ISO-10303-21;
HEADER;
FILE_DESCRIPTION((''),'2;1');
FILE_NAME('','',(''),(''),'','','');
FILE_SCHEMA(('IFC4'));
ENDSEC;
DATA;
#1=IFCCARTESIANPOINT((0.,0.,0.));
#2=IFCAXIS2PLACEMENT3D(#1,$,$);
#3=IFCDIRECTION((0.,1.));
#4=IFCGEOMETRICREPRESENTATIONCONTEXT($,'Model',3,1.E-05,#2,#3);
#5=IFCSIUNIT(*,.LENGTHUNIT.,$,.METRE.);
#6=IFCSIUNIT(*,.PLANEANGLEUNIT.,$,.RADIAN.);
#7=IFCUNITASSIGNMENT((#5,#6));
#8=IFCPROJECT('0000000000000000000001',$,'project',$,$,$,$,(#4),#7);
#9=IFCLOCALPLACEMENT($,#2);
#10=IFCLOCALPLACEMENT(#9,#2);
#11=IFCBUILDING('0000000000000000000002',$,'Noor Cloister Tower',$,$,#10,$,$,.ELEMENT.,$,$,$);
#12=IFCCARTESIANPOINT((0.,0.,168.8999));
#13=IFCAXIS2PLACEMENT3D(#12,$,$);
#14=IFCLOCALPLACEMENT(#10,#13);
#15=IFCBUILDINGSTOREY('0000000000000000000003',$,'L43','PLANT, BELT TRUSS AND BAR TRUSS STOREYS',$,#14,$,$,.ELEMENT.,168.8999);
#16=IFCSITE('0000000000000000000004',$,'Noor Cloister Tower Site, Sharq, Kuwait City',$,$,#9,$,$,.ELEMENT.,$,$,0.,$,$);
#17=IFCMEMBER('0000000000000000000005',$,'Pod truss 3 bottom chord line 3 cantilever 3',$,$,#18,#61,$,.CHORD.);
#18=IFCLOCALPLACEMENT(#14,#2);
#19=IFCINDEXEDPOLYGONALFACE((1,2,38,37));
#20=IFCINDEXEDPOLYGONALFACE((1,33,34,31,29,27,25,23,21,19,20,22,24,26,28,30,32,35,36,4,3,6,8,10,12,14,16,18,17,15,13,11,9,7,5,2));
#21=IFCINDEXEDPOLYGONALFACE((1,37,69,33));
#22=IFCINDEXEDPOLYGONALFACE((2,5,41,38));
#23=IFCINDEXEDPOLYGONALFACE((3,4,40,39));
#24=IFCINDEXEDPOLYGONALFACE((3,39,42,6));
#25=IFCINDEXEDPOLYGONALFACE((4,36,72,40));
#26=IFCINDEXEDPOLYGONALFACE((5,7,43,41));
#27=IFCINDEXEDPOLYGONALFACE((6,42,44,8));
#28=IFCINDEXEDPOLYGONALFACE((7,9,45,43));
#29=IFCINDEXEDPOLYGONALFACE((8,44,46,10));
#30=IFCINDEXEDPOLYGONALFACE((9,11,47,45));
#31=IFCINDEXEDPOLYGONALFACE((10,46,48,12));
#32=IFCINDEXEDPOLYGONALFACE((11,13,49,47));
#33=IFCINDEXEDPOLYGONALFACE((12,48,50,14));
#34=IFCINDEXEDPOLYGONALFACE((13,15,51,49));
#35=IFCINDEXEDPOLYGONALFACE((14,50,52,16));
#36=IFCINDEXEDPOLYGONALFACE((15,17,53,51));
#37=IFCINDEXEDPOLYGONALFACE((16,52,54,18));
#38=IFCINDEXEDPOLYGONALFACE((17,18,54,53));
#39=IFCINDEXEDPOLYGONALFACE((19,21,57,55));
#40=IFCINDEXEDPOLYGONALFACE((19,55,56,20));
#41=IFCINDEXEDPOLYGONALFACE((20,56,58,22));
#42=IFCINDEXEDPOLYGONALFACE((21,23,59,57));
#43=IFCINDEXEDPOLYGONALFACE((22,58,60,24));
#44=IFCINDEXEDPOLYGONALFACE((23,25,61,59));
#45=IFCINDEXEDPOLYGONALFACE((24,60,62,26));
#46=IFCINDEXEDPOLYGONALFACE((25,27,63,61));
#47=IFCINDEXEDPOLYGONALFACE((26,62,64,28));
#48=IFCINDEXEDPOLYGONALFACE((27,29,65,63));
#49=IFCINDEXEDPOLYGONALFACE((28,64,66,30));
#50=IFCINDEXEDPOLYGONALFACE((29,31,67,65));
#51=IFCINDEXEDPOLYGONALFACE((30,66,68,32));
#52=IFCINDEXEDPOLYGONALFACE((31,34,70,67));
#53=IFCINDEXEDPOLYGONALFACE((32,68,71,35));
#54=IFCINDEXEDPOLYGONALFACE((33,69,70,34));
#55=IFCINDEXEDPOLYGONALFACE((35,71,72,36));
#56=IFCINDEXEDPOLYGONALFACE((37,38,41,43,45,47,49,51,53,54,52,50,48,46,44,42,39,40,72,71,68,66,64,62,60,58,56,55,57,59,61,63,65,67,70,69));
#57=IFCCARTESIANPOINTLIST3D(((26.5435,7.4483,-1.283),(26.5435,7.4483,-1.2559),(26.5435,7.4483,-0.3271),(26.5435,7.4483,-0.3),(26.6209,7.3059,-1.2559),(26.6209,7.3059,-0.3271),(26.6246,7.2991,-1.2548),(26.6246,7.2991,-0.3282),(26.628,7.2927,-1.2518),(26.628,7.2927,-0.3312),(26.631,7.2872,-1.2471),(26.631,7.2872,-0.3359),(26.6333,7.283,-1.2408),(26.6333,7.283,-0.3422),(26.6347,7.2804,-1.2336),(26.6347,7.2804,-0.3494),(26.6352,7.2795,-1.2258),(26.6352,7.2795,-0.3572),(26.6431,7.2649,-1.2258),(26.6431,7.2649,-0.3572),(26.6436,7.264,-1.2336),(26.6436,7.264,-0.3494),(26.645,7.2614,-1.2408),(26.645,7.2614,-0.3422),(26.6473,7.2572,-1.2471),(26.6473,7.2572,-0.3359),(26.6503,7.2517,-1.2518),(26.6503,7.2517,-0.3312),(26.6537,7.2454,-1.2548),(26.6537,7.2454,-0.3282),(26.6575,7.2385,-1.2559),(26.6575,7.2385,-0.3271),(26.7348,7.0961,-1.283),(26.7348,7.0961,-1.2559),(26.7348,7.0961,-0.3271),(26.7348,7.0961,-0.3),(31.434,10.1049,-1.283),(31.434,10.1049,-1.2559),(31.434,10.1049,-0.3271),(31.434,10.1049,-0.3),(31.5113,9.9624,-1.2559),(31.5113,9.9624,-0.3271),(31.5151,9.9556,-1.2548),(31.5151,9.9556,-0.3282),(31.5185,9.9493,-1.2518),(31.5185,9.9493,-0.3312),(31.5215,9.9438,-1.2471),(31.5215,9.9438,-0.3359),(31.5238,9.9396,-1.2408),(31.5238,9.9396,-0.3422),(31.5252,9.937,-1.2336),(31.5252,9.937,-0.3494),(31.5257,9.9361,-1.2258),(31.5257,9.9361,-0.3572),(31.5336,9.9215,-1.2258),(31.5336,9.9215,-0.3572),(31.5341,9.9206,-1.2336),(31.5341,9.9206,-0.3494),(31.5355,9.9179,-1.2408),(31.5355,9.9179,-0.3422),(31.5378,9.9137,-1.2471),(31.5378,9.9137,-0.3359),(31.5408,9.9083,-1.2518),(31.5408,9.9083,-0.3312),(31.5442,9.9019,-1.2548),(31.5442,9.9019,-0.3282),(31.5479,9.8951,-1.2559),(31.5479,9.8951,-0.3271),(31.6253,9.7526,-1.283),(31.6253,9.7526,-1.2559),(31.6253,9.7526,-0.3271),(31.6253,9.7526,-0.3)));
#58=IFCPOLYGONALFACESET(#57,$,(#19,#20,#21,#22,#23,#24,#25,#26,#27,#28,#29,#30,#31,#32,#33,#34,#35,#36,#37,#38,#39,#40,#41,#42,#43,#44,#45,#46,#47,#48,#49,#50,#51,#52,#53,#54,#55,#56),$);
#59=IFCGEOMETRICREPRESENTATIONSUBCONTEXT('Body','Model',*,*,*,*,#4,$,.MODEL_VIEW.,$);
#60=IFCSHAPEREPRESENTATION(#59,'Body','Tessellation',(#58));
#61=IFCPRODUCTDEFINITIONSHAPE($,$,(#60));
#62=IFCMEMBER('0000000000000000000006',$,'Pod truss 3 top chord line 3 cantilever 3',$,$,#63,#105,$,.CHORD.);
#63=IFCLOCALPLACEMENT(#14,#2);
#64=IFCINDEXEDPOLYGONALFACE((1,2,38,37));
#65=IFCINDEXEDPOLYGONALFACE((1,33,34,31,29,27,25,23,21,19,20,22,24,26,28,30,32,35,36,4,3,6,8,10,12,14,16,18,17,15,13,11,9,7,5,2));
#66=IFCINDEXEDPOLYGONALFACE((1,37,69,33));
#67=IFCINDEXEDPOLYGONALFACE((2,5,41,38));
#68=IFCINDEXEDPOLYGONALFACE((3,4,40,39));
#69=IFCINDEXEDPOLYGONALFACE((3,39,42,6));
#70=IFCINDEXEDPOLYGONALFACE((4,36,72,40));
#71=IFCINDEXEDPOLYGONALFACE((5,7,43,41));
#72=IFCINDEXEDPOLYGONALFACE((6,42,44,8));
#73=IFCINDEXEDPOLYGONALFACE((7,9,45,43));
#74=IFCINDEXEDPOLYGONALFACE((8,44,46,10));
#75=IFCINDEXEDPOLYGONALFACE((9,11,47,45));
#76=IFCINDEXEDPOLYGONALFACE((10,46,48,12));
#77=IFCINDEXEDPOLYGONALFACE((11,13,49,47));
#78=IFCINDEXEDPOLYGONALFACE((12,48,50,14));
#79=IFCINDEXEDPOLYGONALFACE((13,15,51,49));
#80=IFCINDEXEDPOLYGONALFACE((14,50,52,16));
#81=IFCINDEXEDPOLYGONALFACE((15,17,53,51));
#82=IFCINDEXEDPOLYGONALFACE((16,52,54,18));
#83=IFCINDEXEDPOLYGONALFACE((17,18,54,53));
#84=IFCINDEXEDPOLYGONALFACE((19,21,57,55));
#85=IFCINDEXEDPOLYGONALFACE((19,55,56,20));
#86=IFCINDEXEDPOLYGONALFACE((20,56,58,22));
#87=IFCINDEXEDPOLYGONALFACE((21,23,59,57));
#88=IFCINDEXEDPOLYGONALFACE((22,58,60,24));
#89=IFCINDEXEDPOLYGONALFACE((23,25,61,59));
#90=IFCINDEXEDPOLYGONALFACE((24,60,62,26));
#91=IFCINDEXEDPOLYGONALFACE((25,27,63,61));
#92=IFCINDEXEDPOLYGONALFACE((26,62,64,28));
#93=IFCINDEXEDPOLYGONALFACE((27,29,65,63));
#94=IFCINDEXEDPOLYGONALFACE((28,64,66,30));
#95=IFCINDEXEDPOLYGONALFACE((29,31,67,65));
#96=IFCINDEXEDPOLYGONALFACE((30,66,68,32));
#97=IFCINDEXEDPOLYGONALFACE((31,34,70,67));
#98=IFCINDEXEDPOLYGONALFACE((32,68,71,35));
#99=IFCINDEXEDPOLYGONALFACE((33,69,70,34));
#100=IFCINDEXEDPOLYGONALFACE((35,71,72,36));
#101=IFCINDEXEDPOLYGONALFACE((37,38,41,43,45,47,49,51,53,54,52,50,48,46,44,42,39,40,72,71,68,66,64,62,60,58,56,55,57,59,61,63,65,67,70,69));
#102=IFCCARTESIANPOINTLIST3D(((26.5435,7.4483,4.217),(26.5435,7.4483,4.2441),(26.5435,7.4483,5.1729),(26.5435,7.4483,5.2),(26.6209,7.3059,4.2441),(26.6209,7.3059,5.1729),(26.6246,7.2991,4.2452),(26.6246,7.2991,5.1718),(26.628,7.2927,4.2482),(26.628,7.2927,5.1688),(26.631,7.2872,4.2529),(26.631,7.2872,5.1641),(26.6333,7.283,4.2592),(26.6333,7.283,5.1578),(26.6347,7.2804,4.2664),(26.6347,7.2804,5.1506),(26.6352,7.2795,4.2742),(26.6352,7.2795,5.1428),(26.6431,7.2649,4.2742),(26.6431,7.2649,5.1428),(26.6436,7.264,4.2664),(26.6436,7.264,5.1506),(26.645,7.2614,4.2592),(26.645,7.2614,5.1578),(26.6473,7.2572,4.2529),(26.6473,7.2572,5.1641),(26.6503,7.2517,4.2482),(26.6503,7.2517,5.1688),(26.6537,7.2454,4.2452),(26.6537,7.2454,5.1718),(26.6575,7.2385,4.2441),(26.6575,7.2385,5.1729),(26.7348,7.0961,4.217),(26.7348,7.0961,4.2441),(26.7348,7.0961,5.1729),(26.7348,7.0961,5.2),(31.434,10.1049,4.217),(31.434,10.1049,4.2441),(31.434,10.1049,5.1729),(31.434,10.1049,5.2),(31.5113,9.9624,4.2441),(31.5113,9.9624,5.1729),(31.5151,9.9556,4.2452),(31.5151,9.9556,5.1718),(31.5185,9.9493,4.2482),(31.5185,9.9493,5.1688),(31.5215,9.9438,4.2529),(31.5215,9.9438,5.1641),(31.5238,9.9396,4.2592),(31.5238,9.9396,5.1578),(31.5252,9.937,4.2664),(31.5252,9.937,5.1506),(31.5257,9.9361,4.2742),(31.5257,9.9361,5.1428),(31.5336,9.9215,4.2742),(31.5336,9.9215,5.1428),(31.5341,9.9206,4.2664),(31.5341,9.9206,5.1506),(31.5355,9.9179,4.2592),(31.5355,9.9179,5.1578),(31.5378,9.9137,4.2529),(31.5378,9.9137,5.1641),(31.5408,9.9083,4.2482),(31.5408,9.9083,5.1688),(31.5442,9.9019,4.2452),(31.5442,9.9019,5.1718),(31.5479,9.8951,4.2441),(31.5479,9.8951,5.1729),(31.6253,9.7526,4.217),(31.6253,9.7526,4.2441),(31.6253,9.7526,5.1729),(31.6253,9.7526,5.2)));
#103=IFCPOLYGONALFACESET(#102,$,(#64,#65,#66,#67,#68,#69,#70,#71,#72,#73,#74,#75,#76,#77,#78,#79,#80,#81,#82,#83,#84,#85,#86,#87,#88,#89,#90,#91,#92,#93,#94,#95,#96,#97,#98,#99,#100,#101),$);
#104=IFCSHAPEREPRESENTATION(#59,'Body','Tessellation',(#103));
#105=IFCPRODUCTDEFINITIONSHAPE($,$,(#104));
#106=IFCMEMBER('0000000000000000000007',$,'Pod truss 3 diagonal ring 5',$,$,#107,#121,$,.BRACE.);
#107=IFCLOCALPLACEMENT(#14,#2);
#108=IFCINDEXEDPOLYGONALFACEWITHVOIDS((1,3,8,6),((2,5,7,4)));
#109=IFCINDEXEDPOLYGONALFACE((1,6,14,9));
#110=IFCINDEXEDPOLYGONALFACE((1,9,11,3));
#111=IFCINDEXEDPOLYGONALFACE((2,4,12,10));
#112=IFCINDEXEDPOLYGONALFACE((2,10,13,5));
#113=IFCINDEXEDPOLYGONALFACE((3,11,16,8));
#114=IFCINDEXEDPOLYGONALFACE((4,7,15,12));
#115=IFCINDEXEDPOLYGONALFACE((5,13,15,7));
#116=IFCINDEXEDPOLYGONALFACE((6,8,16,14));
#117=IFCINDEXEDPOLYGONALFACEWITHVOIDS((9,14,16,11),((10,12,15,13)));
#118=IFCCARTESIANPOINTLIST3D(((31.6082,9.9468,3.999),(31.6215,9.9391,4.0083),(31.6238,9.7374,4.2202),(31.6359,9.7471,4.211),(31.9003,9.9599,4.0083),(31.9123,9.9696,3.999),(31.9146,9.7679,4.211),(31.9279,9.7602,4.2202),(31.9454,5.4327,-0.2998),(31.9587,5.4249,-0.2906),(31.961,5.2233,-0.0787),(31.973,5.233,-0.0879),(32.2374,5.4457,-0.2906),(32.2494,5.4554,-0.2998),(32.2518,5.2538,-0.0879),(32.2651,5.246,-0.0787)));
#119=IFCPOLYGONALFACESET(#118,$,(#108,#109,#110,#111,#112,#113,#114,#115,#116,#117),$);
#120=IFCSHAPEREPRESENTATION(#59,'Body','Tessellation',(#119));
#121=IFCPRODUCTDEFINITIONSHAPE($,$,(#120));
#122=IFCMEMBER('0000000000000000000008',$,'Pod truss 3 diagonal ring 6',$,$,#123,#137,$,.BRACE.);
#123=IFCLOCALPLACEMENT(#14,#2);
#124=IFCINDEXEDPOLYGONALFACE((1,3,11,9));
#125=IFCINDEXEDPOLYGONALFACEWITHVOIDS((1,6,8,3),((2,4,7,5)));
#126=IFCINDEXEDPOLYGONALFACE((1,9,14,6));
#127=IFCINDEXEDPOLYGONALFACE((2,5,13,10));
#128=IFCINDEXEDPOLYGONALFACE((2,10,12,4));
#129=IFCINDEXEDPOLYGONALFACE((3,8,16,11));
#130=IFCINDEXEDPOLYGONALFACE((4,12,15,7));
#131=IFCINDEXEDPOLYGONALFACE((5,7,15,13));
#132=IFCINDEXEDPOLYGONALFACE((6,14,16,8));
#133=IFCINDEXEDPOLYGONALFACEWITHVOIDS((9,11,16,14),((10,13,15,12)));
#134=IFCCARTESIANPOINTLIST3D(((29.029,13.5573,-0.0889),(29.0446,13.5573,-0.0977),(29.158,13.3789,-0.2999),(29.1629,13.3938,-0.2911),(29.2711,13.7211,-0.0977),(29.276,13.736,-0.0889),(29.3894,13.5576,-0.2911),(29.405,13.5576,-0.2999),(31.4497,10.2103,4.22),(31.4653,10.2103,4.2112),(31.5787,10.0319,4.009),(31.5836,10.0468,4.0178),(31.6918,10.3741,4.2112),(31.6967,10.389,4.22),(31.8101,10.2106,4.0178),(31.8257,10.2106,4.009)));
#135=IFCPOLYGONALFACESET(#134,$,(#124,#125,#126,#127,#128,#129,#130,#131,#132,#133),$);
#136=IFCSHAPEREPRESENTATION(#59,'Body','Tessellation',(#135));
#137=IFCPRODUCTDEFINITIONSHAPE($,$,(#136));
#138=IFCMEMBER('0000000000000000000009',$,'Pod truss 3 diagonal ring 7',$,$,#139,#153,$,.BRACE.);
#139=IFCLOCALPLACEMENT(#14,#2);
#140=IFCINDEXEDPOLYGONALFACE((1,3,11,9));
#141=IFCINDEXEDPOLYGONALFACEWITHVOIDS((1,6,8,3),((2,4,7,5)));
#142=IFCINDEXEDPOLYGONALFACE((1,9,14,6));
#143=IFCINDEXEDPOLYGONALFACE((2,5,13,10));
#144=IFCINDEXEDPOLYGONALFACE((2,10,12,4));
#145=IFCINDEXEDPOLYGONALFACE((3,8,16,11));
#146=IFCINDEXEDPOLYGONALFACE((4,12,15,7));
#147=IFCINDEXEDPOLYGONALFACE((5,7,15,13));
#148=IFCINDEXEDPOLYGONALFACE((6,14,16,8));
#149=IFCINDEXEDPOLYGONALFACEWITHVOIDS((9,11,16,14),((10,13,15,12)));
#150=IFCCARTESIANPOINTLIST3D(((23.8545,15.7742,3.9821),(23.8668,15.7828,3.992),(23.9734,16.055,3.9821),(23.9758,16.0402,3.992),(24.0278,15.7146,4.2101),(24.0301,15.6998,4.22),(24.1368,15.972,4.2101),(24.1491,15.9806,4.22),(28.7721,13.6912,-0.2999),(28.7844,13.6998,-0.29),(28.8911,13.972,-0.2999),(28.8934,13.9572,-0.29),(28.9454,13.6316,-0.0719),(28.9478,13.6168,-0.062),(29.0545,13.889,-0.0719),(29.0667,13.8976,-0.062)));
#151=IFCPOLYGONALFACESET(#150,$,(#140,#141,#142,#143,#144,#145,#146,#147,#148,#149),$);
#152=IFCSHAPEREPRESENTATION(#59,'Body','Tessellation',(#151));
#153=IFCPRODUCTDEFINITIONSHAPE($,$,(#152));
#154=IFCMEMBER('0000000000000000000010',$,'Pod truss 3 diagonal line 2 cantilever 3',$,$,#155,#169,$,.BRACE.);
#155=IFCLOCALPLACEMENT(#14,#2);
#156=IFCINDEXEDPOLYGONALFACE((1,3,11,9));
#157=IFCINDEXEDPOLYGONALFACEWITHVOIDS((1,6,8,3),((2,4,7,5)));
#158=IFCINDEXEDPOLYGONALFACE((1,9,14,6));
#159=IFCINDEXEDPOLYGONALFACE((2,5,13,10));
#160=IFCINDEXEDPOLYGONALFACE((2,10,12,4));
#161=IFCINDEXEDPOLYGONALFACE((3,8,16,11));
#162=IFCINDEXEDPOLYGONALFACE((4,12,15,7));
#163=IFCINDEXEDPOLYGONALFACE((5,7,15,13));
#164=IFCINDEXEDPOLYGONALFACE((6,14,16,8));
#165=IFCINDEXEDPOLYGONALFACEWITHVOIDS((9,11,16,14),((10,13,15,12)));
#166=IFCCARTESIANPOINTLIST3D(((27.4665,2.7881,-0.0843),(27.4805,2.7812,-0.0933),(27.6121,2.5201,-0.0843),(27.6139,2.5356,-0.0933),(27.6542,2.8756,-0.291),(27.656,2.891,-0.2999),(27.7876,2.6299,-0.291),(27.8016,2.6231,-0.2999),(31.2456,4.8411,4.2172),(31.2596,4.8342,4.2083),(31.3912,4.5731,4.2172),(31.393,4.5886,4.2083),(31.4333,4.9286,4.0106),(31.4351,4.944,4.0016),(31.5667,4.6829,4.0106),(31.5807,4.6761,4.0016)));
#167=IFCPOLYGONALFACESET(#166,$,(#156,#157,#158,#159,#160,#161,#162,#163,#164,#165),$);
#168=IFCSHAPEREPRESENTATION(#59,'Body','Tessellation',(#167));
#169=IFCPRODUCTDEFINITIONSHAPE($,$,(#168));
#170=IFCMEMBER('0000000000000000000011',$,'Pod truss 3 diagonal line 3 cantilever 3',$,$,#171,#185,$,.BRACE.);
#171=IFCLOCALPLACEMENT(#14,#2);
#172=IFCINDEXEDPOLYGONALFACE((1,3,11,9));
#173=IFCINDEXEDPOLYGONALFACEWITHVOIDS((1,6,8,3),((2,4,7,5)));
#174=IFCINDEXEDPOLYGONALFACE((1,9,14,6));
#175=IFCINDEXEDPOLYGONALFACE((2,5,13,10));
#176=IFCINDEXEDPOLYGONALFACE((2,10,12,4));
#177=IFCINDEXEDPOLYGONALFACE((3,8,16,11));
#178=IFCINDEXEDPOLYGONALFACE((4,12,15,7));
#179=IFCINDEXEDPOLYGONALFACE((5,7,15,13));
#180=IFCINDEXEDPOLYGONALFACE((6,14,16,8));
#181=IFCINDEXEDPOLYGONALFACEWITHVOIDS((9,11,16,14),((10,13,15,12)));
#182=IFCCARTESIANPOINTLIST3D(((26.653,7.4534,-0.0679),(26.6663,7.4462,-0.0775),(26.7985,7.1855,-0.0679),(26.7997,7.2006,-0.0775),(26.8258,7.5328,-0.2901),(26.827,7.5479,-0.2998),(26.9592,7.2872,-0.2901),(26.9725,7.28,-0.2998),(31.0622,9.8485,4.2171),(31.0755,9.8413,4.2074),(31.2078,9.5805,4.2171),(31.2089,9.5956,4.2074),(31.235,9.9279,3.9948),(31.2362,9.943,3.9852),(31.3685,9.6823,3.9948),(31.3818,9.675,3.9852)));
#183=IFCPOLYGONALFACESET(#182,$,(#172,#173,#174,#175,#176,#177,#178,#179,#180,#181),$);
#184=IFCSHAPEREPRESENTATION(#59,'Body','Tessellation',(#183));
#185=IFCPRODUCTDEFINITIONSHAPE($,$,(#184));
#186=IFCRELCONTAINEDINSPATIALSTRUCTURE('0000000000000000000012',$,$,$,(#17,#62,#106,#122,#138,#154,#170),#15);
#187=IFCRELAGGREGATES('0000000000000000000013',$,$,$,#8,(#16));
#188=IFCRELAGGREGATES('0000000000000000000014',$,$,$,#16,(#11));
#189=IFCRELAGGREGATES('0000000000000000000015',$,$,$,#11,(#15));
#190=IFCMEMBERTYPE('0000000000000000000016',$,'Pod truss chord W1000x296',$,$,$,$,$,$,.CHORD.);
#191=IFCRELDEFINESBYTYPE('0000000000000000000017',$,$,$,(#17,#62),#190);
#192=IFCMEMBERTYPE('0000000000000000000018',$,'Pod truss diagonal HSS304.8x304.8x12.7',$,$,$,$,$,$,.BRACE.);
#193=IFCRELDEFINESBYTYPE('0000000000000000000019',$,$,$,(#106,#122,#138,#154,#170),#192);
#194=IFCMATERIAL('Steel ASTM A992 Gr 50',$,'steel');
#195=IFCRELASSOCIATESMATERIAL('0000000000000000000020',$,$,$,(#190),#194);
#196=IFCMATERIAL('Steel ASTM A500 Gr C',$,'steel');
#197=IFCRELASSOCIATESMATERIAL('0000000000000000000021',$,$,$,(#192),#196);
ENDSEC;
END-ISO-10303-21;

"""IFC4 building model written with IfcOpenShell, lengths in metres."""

from ifc_helpers import new_model, si_unit, direction, frame, origin, origin_2d, place, context, subcontext, project, spatial, hollow_rectangle, i_section, extrude, material, material_profile, profile_set, type_object, element, save


model = new_model("IFC4")

# Units and contexts
model_context = context("Model", 3, precision=1e-05, world=origin(), true_north=direction((0.0, 1.0)))
body_context = subcontext(model_context, "Body", "Model", "MODEL_VIEW")
ifc_project = project(units=[si_unit("LENGTHUNIT", "METRE"), si_unit("PLANEANGLEUNIT", "RADIAN")], contexts=[model_context])

# Site, building, storey
site_placement = place(None, origin())
site = spatial("IfcSite", under=ifc_project, at=site_placement, Name="Noor Cloister Tower Site, Sharq, Kuwait City", CompositionType="ELEMENT", RefElevation=0.0)
building_placement = place(site_placement, origin())
building = spatial("IfcBuilding", under=site, at=building_placement, Name="Noor Cloister Tower", CompositionType="ELEMENT")
storey_placement = place(building_placement, frame((0.0, 0.0, 168.8999)))
storey = spatial("IfcBuildingStorey", under=building, at=storey_placement, Name="L43", Description="PLANT, BELT TRUSS AND BAR TRUSS STOREYS", CompositionType="ELEMENT", Elevation=168.8999)

# Members
ifc_material_1 = material(Name="Steel ASTM A992 Gr 50", Category="steel")
ifc_material_profile_1 = material_profile(ifc_material_1, i_section(OverallWidth=0.4009, OverallDepth=0.9829, WebThickness=0.0166, FlangeThickness=0.0271, FilletRadius=0.03, at=origin_2d()), Name="W1000x296")
ifc_profile_set_1 = profile_set([ifc_material_profile_1], Name="Steel ASTM A992 Gr 50")
member_type_1 = type_object("IfcMemberType", Name="Pod truss chord W1000x296", PredefinedType="CHORD", material=ifc_profile_set_1)
for number, where, z_axis, x_axis, name in (
    (1, (26.6392, 7.2722, -0.7915), (0.878724, 0.47733, 0.0), (-0.47733, 0.878724, 0.0), "Pod truss 3 bottom chord line 3 cantilever 3"),
    (2, (26.6392, 7.2722, 4.7085), (0.878724, 0.47733, 0.0), (-0.47733, 0.878724, 0.0), "Pod truss 3 top chord line 3 cantilever 3"),
):
    element("IfcMember", number, at=place(storey_placement, frame(where, z_axis=z_axis, x_axis=x_axis)), inside=storey, type_object=member_type_1, Name=name, PredefinedType="CHORD", context=body_context, shape_type="SweptSolid", body=[
        extrude(i_section(OverallWidth=0.4009, OverallDepth=0.9829, WebThickness=0.0166, FlangeThickness=0.0271, FilletRadius=0.03, at=origin_2d()), origin(), (0.0, 0.0, 1.0), 5.5654),
    ])
ifc_material_2 = material(Name="Steel ASTM A500 Gr C", Category="steel")
ifc_material_profile_2 = material_profile(ifc_material_2, hollow_rectangle(XDim=0.3049, YDim=0.3049, WallThickness=0.0127, at=origin_2d()), Name="HSS304.8x304.8x12.7")
ifc_profile_set_2 = profile_set([ifc_material_profile_2], Name="Steel ASTM A500 Gr C")
member_type_2 = type_object("IfcMemberType", Name="Pod truss diagonal HSS304.8x304.8x12.7", PredefinedType="BRACE", material=ifc_profile_set_2)
member_1_placement = place(storey_placement, frame((32.1052, 5.3394, -0.1892), z_axis=(-0.054008, 0.723111, 0.688617), x_axis=(-0.997222, -0.074482, 0.0)))
element("IfcMember", 3, at=member_1_placement, inside=storey, type_object=member_type_2, Name="Pod truss 3 diagonal ring 5", PredefinedType="BRACE", context=body_context, shape_type="SweptSolid", body=[
    extrude(hollow_rectangle(XDim=0.3049, YDim=0.3049, WallThickness=0.0127, at=origin_2d()), origin(), (0.0, 0.0, 1.0), 6.2427),
])
member_2_placement = place(storey_placement, frame((31.6377, 10.2104, 4.1145), z_axis=(-0.405546, 0.560729, -0.721884), x_axis=(-0.810285, -0.586036, 0.0)))
element("IfcMember", 4, at=member_2_placement, inside=storey, type_object=member_type_2, Name="Pod truss 3 diagonal ring 6", PredefinedType="BRACE", context=body_context, shape_type="SweptSolid", body=[
    extrude(hollow_rectangle(XDim=0.3049, YDim=0.3049, WallThickness=0.0127, at=origin_2d()), origin(), (0.0, 0.0, 1.0), 5.969),
])
member_3_placement = place(storey_placement, frame((28.9194, 13.7944, -0.1809), z_axis=(-0.718408, 0.304297, 0.625535), x_axis=(-0.390026, -0.920804, 0.0)))
element("IfcMember", 5, at=member_3_placement, inside=storey, type_object=member_type_2, Name="Pod truss 3 diagonal ring 7", PredefinedType="BRACE", context=body_context, shape_type="SweptSolid", body=[
    extrude(hollow_rectangle(XDim=0.3049, YDim=0.3049, WallThickness=0.0127, at=origin_2d()), origin(), (0.0, 0.0, 1.0), 6.8452),
])
member_4_placement = place(storey_placement, frame((27.634, 2.7056, -0.1921), z_axis=(0.621281, 0.337512, 0.707174), x_axis=(-0.47736, 0.878708, 0.0)))
element("IfcMember", 6, at=member_4_placement, inside=storey, type_object=member_type_2, Name="Pod truss 3 diagonal line 2 cantilever 3", PredefinedType="BRACE", context=body_context, shape_type="SweptSolid", body=[
    extrude(hollow_rectangle(XDim=0.3049, YDim=0.3049, WallThickness=0.0127, at=origin_2d()), origin(), (0.0, 0.0, 1.0), 6.0828),
])
member_5_placement = place(storey_placement, frame((26.8127, 7.3667, -0.1838), z_axis=(0.66823, 0.362976, 0.649397), x_axis=(-0.477317, 0.878731, 0.0)))
element("IfcMember", 7, at=member_5_placement, inside=storey, type_object=member_type_2, Name="Pod truss 3 diagonal line 3 cantilever 3", PredefinedType="BRACE", context=body_context, shape_type="SweptSolid", body=[
    extrude(hollow_rectangle(XDim=0.3049, YDim=0.3049, WallThickness=0.0127, at=origin_2d()), origin(), (0.0, 0.0, 1.0), 6.5984),
])

save(model, "model.ifc")
